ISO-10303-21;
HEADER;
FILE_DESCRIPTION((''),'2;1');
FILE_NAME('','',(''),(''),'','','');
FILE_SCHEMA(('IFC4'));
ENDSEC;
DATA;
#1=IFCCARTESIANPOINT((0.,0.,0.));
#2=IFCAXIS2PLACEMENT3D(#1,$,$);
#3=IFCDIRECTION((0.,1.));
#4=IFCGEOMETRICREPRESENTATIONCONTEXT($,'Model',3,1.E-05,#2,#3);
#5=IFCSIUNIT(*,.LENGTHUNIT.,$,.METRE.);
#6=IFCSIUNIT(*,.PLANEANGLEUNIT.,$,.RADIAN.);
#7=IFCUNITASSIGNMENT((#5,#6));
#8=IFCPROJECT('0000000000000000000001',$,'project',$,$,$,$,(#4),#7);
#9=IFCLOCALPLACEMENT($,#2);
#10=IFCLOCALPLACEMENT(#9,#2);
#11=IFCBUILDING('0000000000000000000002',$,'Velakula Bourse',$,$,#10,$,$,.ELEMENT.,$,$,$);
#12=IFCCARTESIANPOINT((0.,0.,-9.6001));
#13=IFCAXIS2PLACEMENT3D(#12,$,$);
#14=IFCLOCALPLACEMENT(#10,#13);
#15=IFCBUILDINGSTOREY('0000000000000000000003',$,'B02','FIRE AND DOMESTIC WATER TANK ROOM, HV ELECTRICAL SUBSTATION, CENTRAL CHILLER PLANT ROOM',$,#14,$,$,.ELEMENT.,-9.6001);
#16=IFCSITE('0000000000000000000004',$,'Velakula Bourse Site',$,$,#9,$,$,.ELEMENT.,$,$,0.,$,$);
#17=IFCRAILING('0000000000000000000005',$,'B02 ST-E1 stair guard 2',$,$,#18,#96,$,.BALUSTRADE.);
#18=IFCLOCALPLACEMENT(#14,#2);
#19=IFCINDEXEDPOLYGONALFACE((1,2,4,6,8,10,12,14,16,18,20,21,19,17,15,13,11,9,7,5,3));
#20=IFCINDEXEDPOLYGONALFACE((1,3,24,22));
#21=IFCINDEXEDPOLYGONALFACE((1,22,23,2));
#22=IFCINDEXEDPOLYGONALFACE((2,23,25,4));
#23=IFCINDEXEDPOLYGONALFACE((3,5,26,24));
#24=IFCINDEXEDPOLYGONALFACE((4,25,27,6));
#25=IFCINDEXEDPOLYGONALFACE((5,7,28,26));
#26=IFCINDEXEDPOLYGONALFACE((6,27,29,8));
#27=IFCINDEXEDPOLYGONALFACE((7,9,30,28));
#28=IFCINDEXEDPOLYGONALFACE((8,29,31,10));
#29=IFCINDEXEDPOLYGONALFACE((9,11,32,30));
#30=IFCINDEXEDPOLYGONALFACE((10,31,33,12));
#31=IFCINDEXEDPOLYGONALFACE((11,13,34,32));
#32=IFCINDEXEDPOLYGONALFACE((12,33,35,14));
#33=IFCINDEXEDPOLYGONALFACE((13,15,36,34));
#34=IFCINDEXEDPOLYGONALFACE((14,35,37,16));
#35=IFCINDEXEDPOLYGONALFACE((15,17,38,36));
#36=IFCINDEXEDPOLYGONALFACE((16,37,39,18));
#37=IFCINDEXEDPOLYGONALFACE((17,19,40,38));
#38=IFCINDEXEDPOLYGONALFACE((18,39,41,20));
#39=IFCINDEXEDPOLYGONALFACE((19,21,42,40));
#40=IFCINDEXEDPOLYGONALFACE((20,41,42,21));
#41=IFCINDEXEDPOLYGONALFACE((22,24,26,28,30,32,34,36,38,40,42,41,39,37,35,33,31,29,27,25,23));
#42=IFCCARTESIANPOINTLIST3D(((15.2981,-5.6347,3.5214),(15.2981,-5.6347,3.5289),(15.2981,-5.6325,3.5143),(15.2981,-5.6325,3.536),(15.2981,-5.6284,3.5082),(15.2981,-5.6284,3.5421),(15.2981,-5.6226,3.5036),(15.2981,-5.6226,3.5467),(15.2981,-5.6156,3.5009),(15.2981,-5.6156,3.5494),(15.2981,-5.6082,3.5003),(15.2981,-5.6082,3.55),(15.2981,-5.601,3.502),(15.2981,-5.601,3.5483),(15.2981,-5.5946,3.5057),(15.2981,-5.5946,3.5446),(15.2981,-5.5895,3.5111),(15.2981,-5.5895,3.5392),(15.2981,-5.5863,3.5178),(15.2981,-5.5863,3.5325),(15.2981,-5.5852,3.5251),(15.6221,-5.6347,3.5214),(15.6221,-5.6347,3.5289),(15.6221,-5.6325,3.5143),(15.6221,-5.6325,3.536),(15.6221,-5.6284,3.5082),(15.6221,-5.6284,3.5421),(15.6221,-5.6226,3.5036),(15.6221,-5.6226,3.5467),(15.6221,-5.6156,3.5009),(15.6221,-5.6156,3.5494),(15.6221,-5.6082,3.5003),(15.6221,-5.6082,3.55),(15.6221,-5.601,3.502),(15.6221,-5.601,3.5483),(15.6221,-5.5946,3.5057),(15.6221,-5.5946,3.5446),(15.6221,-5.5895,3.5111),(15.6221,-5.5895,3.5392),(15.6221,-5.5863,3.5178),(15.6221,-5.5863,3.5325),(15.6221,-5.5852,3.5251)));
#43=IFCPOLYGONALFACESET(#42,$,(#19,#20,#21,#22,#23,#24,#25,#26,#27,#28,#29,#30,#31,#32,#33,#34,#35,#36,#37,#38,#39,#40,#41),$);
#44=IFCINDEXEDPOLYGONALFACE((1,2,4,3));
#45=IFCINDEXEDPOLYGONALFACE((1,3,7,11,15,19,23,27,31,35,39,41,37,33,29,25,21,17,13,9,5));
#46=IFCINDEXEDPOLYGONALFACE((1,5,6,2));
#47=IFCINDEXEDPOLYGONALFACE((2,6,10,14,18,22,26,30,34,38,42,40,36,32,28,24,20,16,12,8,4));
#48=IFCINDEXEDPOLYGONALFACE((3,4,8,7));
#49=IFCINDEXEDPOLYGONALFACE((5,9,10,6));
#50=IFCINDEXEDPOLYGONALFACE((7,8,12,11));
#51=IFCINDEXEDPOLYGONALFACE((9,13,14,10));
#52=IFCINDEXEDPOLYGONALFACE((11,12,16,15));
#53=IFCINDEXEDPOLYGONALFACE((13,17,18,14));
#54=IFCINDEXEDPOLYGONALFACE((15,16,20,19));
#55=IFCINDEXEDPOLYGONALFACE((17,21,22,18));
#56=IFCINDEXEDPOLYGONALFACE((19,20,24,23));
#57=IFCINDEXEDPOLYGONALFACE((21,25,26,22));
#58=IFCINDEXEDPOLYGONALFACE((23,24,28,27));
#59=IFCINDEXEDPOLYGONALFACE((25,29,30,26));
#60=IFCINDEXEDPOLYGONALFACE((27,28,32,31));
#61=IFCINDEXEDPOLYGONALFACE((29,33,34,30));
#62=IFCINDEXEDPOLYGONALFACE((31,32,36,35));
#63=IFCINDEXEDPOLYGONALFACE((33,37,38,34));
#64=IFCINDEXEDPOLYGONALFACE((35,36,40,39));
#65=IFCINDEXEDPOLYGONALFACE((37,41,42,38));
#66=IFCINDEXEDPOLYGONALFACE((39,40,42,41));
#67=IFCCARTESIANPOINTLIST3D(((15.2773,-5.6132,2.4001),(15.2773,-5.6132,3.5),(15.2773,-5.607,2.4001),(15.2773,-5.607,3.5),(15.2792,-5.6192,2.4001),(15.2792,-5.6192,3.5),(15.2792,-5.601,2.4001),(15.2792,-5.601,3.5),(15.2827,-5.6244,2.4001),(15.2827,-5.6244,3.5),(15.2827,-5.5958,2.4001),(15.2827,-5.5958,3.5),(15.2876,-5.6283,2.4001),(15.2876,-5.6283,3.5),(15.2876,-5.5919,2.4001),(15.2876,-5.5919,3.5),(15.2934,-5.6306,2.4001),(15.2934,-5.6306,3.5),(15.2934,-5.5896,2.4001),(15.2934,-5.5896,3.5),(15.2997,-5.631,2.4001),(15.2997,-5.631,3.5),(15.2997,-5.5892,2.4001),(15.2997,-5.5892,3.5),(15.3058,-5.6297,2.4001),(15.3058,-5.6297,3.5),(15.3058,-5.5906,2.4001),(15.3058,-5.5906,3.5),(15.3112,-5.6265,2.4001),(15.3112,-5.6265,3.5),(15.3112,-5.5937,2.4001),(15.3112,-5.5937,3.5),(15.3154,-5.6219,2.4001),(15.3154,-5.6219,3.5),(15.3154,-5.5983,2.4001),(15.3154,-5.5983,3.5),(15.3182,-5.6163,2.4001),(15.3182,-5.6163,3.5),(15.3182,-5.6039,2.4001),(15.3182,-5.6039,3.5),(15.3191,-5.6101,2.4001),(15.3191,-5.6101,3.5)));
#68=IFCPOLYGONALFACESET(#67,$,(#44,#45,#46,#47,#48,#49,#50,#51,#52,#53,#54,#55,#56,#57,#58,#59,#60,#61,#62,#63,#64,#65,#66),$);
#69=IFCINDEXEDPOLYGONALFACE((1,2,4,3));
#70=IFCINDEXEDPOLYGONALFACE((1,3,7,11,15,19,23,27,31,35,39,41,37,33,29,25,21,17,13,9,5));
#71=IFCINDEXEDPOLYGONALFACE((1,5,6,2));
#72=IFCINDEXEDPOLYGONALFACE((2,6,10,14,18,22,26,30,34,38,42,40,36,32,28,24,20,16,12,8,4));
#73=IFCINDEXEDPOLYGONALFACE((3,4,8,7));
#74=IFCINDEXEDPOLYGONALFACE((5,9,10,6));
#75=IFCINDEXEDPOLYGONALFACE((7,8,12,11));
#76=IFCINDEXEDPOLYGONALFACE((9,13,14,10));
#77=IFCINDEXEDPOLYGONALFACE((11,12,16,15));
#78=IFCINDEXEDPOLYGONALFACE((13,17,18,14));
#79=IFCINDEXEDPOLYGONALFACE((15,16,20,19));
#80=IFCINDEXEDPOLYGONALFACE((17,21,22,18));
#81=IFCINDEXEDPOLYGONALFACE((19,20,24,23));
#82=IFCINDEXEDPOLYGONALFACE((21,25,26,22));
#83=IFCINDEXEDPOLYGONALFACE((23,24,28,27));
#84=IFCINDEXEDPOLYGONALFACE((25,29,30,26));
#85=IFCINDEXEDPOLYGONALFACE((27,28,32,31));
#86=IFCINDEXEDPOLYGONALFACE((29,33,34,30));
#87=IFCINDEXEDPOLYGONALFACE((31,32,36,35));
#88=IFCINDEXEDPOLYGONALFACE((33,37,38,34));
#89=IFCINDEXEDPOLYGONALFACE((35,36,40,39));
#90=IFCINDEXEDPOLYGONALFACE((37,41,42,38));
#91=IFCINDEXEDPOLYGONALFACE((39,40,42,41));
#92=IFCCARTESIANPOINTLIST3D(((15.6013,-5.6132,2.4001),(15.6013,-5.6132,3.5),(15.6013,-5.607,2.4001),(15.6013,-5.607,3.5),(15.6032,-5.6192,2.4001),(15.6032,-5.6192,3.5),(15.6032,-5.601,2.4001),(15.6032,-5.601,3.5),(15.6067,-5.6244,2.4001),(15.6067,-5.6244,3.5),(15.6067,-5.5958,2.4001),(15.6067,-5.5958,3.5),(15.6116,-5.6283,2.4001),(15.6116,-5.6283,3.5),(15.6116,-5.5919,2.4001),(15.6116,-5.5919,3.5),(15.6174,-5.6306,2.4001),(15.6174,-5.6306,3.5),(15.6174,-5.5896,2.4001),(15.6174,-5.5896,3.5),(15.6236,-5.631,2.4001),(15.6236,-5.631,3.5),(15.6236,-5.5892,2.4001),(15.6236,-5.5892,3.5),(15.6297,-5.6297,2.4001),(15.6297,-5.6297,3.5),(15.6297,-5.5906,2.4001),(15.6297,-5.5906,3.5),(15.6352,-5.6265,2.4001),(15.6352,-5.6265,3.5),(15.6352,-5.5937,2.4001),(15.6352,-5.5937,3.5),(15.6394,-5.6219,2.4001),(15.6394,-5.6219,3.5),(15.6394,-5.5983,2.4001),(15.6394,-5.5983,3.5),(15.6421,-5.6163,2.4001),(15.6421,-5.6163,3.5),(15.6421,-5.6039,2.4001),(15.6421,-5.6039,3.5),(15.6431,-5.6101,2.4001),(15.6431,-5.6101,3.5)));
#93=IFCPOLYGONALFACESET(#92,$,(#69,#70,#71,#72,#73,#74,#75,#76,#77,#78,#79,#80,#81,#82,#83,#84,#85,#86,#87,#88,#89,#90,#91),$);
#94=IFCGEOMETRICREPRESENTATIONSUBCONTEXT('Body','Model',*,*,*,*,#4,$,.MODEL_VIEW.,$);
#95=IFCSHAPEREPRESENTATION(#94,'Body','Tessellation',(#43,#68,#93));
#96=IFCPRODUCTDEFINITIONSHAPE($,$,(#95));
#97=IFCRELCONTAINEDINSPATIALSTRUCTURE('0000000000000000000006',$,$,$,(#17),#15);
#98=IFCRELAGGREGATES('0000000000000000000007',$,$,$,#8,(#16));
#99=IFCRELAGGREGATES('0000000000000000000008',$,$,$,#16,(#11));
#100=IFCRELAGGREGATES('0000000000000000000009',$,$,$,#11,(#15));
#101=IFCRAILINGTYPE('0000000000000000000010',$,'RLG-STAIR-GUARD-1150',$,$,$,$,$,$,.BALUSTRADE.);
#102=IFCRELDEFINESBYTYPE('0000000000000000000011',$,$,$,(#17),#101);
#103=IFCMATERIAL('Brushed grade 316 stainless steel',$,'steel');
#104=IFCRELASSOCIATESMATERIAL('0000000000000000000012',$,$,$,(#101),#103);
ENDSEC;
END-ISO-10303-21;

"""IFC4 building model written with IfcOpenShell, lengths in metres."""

from ifc_helpers import new_model, si_unit, direction, frame, origin, origin_2d, place, context, subcontext, project, spatial, circle, extrude, material, type_object, element, save


model = new_model("IFC4")

# Units and contexts
model_context = context("Model", 3, precision=1e-05, world=origin(), true_north=direction((0.0, 1.0)))
body_context = subcontext(model_context, "Body", "Model", "MODEL_VIEW")
ifc_project = project(units=[si_unit("LENGTHUNIT", "METRE"), si_unit("PLANEANGLEUNIT", "RADIAN")], contexts=[model_context])

# Site, building, storey
site_placement = place(None, origin())
site = spatial("IfcSite", under=ifc_project, at=site_placement, Name="Velakula Bourse Site", CompositionType="ELEMENT", RefElevation=0.0)
building_placement = place(site_placement, origin())
building = spatial("IfcBuilding", under=site, at=building_placement, Name="Velakula Bourse", CompositionType="ELEMENT")
storey_placement = place(building_placement, frame((0.0, 0.0, -9.6001)))
storey = spatial("IfcBuildingStorey", under=building, at=storey_placement, Name="B02", Description="FIRE AND DOMESTIC WATER TANK ROOM, HV ELECTRICAL SUBSTATION, CENTRAL CHILLER PLANT ROOM", CompositionType="ELEMENT", Elevation=-9.6001)

# Shared definitions
ifc_material_1 = material(Name="Brushed grade 316 stainless steel", Category="steel")

# Railing
railing_type_1 = type_object("IfcRailingType", Name="RLG-STAIR-GUARD-1150", PredefinedType="BALUSTRADE", material=ifc_material_1)
railing_1_placement = place(storey_placement, frame((15.2981, -5.6101, 2.4001)))
element("IfcRailing", 1, at=railing_1_placement, inside=storey, type_object=railing_type_1, Name="B02 ST-E1 stair guard 2", PredefinedType="BALUSTRADE", context=body_context, shape_type="SweptSolid", body=[
    extrude(circle(Radius=0.0249, at=origin_2d()), frame((0.0, 0.0, 1.125), z_axis=(1.0, 0.0, 0.0), x_axis=(0.0, 1.0, 0.0)), (0.0, 0.0, 1.0), 0.324),
    extrude(circle(Radius=0.021, at=origin_2d()), origin(), (0.0, 0.0, 1.0), 1.0999),
    extrude(circle(Radius=0.021, at=origin_2d()), frame((0.324, 0.0, 0.0)), (0.0, 0.0, 1.0), 1.0999),
])

save(model, "model.ifc")
